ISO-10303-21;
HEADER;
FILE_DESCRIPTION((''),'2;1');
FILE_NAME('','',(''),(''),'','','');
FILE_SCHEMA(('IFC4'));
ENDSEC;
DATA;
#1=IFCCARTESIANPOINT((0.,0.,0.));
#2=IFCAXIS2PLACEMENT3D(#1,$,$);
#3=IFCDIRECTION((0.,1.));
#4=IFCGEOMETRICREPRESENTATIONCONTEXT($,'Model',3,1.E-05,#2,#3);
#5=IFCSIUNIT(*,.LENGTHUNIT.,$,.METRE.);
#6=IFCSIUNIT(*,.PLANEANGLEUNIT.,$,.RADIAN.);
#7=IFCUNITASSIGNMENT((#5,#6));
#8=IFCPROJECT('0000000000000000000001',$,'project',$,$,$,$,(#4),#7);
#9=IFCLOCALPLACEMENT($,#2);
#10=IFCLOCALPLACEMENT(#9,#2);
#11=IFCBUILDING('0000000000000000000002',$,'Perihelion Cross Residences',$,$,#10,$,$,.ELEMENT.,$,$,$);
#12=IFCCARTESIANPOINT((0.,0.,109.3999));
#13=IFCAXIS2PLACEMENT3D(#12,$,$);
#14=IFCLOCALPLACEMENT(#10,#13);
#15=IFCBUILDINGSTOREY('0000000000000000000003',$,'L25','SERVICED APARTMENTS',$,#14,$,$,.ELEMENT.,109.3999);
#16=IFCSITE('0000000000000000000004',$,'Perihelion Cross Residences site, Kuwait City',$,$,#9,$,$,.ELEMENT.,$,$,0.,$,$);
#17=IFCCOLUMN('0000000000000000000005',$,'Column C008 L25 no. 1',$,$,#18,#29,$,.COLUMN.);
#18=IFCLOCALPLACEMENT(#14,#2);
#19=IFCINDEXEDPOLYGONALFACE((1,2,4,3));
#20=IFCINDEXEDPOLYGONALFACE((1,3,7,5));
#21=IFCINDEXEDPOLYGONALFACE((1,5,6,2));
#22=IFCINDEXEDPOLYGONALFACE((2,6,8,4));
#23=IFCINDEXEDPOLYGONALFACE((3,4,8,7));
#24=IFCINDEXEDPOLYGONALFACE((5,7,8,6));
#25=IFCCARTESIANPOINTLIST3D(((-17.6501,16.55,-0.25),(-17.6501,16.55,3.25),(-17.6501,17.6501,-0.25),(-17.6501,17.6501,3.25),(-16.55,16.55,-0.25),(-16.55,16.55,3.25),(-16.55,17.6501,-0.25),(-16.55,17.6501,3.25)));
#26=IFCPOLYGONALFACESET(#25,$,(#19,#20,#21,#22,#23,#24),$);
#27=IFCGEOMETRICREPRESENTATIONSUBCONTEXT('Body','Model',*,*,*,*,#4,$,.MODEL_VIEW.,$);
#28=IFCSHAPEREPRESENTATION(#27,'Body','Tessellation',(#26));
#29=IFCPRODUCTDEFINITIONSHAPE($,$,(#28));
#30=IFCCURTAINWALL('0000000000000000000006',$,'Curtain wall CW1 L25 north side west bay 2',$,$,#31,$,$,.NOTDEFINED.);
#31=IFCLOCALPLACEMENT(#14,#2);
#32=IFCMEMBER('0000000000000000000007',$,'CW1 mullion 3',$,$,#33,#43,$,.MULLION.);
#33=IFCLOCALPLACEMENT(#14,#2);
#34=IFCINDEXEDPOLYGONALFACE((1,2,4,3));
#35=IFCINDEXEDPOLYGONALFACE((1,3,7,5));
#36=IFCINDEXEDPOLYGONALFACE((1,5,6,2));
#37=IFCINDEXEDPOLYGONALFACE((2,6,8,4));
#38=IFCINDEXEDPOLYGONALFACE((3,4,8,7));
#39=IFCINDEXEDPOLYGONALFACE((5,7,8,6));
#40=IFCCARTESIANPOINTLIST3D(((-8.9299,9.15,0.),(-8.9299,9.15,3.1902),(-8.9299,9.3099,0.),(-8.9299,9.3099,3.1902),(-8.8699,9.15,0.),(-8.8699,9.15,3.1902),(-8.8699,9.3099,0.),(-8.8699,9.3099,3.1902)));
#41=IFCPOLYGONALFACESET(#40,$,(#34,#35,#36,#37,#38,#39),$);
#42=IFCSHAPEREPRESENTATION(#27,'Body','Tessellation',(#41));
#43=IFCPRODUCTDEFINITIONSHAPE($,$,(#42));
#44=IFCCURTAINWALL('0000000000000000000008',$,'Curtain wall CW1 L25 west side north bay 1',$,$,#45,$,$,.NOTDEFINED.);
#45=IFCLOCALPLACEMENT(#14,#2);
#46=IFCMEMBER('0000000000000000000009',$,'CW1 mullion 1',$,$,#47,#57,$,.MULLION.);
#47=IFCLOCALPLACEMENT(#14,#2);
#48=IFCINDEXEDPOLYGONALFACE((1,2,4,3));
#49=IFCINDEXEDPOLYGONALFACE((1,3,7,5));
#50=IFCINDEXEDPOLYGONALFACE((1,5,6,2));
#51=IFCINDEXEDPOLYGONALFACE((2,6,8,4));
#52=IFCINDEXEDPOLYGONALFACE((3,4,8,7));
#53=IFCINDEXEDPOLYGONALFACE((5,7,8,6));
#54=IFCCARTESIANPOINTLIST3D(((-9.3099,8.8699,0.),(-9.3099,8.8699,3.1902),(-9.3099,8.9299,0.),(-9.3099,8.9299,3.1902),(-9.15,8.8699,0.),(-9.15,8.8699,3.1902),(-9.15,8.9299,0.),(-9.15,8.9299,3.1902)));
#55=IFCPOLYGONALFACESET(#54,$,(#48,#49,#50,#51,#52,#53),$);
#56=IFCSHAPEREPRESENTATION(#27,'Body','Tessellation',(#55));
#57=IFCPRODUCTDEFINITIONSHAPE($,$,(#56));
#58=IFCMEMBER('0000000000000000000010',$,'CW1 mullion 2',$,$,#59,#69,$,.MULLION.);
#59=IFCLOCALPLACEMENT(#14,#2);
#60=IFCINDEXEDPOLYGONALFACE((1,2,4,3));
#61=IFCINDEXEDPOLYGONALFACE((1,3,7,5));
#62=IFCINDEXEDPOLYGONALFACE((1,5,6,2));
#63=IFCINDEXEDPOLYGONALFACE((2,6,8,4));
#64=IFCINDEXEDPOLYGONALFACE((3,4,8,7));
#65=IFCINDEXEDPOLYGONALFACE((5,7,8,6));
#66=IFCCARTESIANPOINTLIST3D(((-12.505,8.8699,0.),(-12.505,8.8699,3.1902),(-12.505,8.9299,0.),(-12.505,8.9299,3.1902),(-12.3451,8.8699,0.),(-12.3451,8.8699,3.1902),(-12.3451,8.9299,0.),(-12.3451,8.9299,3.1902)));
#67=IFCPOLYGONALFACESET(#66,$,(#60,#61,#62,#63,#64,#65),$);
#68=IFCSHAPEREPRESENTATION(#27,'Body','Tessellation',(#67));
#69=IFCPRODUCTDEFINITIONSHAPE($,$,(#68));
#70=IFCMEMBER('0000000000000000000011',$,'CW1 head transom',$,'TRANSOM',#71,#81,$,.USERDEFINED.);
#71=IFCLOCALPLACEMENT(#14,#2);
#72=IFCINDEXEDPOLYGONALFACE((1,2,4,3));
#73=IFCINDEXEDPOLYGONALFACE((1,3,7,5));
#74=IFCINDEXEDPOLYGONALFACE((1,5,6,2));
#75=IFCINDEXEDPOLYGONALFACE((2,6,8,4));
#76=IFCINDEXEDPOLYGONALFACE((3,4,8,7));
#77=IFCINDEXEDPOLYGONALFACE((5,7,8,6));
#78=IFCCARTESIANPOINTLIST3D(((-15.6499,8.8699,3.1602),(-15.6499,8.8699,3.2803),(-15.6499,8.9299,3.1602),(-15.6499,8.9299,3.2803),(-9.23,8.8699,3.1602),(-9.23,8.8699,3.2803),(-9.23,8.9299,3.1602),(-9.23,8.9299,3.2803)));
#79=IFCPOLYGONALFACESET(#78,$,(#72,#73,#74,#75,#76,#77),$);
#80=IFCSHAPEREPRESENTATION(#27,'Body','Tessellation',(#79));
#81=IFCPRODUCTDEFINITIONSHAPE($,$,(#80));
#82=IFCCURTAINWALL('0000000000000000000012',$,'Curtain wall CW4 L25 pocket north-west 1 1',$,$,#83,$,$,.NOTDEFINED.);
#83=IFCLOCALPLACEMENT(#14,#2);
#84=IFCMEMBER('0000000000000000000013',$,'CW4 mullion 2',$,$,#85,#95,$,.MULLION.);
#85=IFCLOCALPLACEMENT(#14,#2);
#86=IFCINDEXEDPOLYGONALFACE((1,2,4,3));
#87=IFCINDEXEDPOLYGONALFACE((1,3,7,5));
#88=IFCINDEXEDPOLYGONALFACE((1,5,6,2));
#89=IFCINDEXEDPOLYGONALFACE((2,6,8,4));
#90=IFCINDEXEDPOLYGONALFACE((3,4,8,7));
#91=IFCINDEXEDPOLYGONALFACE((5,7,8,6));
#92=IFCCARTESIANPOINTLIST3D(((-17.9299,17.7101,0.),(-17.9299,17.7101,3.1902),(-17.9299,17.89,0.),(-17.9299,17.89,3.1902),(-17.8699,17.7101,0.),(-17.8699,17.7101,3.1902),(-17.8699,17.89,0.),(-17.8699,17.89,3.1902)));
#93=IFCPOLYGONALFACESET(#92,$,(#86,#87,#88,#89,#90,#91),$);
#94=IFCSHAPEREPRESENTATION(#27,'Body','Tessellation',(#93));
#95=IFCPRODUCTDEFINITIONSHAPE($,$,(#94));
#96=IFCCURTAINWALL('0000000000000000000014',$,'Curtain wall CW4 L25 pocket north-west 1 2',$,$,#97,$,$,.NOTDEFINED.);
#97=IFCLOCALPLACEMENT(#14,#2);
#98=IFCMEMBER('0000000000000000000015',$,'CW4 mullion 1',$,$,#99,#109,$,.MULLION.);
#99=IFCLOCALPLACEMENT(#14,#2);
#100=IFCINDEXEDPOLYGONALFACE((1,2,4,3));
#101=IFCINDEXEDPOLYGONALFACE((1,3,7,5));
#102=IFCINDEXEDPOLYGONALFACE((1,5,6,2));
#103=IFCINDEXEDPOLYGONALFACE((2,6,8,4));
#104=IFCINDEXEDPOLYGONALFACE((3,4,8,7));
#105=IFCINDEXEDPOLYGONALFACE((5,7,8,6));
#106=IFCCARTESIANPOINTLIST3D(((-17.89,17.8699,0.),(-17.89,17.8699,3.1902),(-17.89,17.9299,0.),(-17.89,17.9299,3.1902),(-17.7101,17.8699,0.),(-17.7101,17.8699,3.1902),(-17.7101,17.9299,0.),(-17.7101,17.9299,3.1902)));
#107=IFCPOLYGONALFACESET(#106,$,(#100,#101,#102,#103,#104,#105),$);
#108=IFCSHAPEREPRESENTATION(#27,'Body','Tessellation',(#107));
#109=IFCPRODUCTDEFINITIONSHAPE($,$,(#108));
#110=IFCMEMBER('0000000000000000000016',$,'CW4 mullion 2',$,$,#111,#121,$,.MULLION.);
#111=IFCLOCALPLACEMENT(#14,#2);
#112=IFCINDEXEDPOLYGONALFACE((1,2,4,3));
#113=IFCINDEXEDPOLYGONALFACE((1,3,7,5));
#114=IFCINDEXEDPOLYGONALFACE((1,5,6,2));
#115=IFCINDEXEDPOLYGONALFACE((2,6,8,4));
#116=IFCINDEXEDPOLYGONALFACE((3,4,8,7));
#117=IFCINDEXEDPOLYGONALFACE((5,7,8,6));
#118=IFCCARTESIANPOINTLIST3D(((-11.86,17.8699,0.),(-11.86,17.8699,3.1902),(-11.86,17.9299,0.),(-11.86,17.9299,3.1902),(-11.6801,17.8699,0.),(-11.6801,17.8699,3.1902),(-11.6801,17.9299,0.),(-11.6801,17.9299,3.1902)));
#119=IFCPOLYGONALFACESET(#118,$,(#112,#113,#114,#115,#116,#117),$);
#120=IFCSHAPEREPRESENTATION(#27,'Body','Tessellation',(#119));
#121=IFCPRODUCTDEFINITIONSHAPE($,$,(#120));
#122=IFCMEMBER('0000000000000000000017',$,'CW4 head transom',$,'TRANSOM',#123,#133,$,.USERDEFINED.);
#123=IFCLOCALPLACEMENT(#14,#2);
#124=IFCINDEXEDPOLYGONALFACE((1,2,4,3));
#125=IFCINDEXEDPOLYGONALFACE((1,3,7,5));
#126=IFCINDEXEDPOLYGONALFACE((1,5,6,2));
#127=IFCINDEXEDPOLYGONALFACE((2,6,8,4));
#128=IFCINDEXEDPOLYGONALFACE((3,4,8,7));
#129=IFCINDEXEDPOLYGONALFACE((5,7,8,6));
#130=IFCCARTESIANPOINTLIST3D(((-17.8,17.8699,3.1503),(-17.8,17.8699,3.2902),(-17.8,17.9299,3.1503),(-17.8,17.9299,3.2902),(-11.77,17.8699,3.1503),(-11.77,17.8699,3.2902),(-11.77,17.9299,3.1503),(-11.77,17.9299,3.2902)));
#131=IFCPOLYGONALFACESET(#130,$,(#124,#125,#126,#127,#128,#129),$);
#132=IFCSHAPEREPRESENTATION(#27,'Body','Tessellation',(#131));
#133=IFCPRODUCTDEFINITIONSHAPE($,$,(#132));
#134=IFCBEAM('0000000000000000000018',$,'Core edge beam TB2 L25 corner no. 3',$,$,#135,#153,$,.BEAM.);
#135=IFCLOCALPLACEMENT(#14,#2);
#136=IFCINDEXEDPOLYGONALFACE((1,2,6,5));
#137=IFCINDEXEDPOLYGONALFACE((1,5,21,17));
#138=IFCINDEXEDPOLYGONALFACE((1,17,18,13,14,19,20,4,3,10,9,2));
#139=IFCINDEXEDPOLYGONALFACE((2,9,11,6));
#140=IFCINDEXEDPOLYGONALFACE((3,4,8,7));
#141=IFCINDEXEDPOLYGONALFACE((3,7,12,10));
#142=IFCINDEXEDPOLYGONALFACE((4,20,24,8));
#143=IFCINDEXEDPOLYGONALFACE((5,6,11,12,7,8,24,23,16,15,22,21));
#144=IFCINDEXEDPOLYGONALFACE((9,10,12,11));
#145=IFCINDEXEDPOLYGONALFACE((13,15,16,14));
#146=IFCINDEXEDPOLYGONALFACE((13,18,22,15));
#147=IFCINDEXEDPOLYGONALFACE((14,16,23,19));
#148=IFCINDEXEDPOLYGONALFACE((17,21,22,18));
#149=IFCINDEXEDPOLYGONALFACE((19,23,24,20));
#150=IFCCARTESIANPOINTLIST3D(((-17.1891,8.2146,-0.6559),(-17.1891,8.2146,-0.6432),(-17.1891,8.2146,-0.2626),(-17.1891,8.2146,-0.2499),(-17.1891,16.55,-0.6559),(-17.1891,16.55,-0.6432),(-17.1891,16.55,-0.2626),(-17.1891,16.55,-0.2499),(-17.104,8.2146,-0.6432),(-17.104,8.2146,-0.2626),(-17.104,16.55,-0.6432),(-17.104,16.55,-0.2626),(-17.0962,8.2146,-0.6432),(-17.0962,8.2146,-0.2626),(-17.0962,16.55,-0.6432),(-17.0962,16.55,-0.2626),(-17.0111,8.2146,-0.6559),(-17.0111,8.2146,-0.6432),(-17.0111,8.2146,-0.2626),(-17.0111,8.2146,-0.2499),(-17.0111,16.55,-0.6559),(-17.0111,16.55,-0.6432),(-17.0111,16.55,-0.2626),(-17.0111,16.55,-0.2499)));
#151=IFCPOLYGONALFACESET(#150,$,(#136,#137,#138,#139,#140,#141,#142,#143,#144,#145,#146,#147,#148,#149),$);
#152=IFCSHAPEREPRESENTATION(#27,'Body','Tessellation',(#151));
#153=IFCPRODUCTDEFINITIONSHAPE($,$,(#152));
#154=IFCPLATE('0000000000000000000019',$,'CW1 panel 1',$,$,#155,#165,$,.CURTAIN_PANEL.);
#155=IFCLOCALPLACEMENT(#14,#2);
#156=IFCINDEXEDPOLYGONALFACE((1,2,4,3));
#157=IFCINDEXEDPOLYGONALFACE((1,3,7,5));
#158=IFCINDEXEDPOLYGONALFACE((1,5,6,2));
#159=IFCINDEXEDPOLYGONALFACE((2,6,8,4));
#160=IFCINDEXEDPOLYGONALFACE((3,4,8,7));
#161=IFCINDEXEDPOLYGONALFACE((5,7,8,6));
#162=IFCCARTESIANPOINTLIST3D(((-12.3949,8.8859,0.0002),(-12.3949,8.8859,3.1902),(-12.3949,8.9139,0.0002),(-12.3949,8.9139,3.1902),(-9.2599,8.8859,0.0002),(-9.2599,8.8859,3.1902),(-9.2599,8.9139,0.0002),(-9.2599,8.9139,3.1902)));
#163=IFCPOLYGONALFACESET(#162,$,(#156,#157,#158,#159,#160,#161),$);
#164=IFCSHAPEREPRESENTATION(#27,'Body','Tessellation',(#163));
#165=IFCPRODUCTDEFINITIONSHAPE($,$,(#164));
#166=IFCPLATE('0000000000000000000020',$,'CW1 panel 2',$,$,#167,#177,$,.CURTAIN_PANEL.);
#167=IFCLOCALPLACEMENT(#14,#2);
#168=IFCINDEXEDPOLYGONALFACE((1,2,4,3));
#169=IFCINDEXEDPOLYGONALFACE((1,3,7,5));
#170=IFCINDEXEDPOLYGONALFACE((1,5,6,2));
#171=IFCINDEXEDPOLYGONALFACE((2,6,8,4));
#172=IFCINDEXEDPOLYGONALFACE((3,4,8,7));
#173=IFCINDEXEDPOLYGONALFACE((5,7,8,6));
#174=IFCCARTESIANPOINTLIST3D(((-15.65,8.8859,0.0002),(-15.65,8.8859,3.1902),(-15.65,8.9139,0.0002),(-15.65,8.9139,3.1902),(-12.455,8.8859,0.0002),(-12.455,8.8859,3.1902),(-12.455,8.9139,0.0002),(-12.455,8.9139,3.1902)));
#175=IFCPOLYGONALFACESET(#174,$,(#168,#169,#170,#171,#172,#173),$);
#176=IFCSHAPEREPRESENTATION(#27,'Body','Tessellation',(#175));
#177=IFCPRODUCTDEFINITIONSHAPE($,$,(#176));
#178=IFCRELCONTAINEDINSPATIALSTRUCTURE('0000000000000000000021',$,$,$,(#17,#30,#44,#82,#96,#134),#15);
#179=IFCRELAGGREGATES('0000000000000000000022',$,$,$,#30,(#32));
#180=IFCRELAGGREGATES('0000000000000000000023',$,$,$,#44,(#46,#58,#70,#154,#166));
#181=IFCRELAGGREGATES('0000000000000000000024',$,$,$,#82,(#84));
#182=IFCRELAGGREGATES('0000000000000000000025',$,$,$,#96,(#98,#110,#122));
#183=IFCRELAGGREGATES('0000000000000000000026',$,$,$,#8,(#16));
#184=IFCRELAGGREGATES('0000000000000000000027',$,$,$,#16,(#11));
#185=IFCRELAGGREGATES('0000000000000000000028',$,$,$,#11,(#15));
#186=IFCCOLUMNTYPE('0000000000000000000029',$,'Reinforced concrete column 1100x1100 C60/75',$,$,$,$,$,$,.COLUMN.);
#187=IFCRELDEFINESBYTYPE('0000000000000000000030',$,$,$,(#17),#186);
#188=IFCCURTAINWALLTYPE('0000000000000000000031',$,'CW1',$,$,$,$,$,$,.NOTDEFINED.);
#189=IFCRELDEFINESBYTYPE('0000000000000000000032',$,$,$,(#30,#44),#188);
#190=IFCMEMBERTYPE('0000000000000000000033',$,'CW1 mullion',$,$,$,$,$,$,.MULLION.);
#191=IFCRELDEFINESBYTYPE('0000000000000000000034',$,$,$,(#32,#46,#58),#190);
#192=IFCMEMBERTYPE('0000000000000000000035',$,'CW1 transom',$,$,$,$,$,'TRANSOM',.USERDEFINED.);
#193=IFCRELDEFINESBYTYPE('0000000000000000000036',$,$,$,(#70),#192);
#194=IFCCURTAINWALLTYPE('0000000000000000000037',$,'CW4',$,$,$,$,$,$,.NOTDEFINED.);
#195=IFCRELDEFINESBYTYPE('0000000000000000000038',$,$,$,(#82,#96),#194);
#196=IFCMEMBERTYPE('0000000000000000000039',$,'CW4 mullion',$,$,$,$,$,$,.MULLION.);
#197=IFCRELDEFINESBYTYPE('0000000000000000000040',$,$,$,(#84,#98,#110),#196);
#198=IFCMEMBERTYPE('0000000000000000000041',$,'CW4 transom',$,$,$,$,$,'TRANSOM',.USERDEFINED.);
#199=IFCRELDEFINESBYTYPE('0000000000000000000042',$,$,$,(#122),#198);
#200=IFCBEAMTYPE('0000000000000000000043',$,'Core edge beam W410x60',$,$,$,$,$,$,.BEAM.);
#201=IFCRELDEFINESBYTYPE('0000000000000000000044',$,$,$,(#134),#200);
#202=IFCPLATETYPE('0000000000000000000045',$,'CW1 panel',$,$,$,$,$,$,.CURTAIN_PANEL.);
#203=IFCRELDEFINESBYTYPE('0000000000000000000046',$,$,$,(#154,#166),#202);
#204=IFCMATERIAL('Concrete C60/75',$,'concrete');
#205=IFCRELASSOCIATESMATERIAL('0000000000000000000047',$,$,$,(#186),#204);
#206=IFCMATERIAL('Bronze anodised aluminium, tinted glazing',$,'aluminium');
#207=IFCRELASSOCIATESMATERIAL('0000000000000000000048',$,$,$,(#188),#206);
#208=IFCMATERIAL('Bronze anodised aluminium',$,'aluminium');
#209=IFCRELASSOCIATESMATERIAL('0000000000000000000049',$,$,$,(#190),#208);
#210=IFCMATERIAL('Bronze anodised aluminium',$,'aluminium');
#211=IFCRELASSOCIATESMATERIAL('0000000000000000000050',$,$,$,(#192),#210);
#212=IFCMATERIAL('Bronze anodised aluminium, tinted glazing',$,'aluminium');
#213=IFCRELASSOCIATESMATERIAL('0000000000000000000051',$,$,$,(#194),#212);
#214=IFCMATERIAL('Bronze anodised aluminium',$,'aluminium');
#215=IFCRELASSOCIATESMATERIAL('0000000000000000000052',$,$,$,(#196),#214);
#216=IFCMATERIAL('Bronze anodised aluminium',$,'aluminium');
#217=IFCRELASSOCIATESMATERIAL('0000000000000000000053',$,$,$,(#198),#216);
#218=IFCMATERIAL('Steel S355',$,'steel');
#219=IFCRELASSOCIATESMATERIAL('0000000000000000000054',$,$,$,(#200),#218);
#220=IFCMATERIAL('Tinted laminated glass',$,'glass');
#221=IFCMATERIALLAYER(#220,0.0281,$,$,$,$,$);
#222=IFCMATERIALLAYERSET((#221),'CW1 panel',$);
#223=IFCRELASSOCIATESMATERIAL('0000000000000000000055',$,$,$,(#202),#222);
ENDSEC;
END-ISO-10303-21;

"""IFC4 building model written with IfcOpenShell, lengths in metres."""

from ifc_helpers import new_model, si_unit, direction, frame, origin, origin_2d, place, context, subcontext, project, spatial, rectangle, i_section, extrude, material, layer, layer_set, material_profile, profile_set, type_object, element, aggregate, save


model = new_model("IFC4")

# Units and contexts
model_context = context("Model", 3, precision=1e-05, world=origin(), true_north=direction((0.0, 1.0)))
body_context = subcontext(model_context, "Body", "Model", "MODEL_VIEW")
ifc_project = project(units=[si_unit("LENGTHUNIT", "METRE"), si_unit("PLANEANGLEUNIT", "RADIAN")], contexts=[model_context])

# Site, building, storey
site_placement = place(None, origin())
site = spatial("IfcSite", under=ifc_project, at=site_placement, Name="Perihelion Cross Residences site, Kuwait City", CompositionType="ELEMENT", RefElevation=0.0)
building_placement = place(site_placement, origin())
building = spatial("IfcBuilding", under=site, at=building_placement, Name="Perihelion Cross Residences", CompositionType="ELEMENT")
storey_placement = place(building_placement, frame((0.0, 0.0, 109.3999)))
storey = spatial("IfcBuildingStorey", under=building, at=storey_placement, Name="L25", Description="SERVICED APARTMENTS", CompositionType="ELEMENT", Elevation=109.3999)

# Column
ifc_material_1 = material(Name="Concrete C60/75", Category="concrete")
ifc_material_profile_1 = material_profile(ifc_material_1, rectangle(XDim=1.1001, YDim=1.1001, at=origin_2d()), Name="RC 1100x1100")
ifc_profile_set_1 = profile_set([ifc_material_profile_1], Name="Concrete C60/75")
column_type = type_object("IfcColumnType", Name="Reinforced concrete column 1100x1100 C60/75", PredefinedType="COLUMN", material=ifc_profile_set_1)
column_placement = place(storey_placement, frame((-17.1001, 17.1001, -0.25), z_axis=(0.0, 0.0, 1.0), x_axis=(1.0, 0.0, 0.0)))
element("IfcColumn", 1, at=column_placement, inside=storey, type_object=column_type, Name="Column C008 L25 no. 1", PredefinedType="COLUMN", context=body_context, shape_type="SweptSolid", body=[
    extrude(rectangle(XDim=1.1001, YDim=1.1001, at=origin_2d()), origin(), (0.0, 0.0, 1.0), 3.5),
])

# Curtain wall, member
ifc_material_2 = material(Name="Bronze anodised aluminium, tinted glazing", Category="aluminium")
curtain_wall_type_1 = type_object("IfcCurtainWallType", Name="CW1", PredefinedType="NOTDEFINED", material=ifc_material_2)
curtain_wall_1_placement = place(storey_placement, origin())
curtain_wall_1 = element("IfcCurtainWall", 2, at=curtain_wall_1_placement, inside=storey, type_object=curtain_wall_type_1, Name="Curtain wall CW1 L25 north side west bay 2", PredefinedType="NOTDEFINED")
ifc_material_3 = material(Name="Bronze anodised aluminium", Category="aluminium")
ifc_material_profile_2 = material_profile(ifc_material_3, rectangle(XDim=0.0601, YDim=0.1599, at=origin_2d()), Name="CW1 mullion")
ifc_profile_set_2 = profile_set([ifc_material_profile_2], Name="Bronze anodised aluminium")
member_type_1 = type_object("IfcMemberType", Name="CW1 mullion", PredefinedType="MULLION", material=ifc_profile_set_2)
member_1_placement = place(storey_placement, frame((-8.8999, 9.23, 0.0), z_axis=(0.0, 0.0, 1.0), x_axis=(1.0, 0.0, 0.0)))
member_1 = element("IfcMember", 3, at=member_1_placement, type_object=member_type_1, Name="CW1 mullion 3", PredefinedType="MULLION", context=body_context, shape_type="SweptSolid", body=[
    extrude(rectangle(XDim=0.0601, YDim=0.1599, at=origin_2d()), origin(), (0.0, 0.0, 1.0), 3.1902),
])
aggregate(curtain_wall_1, [member_1])

# Curtain wall, members
curtain_wall_2_placement = place(storey_placement, origin())
curtain_wall_2 = element("IfcCurtainWall", 4, at=curtain_wall_2_placement, inside=storey, type_object=curtain_wall_type_1, Name="Curtain wall CW1 L25 west side north bay 1", PredefinedType="NOTDEFINED")
member_2_placement = place(storey_placement, frame((-9.23, 8.8999, 0.0), z_axis=(0.0, 0.0, 1.0), x_axis=(0.0, -1.0, 0.0)))
member_2 = element("IfcMember", 5, at=member_2_placement, type_object=member_type_1, Name="CW1 mullion 1", PredefinedType="MULLION", context=body_context, shape_type="SweptSolid", body=[
    extrude(rectangle(XDim=0.0601, YDim=0.1599, at=origin_2d()), origin(), (0.0, 0.0, 1.0), 3.1902),
])
member_3_placement = place(storey_placement, frame((-12.425, 8.8999, 0.0), z_axis=(0.0, 0.0, 1.0), x_axis=(0.0, -1.0, 0.0)))
member_3 = element("IfcMember", 6, at=member_3_placement, type_object=member_type_1, Name="CW1 mullion 2", PredefinedType="MULLION", context=body_context, shape_type="SweptSolid", body=[
    extrude(rectangle(XDim=0.0601, YDim=0.1599, at=origin_2d()), origin(), (0.0, 0.0, 1.0), 3.1902),
])
ifc_material_4 = material(Name="Bronze anodised aluminium", Category="aluminium")
ifc_material_profile_3 = material_profile(ifc_material_4, rectangle(XDim=0.0601, YDim=0.1201, at=origin_2d()), Name="CW1 transom")
ifc_profile_set_3 = profile_set([ifc_material_profile_3], Name="Bronze anodised aluminium")
member_type_2 = type_object("IfcMemberType", Name="CW1 transom", ElementType="TRANSOM", PredefinedType="USERDEFINED", material=ifc_profile_set_3)
member_4_placement = place(storey_placement, frame((-9.23, 8.8999, 3.2202), z_axis=(-1.0, 0.0, 0.0), x_axis=(0.0, -1.0, 0.0)))
member_4 = element("IfcMember", 7, at=member_4_placement, type_object=member_type_2, Name="CW1 head transom", ObjectType="TRANSOM", PredefinedType="USERDEFINED", context=body_context, shape_type="SweptSolid", body=[
    extrude(rectangle(XDim=0.0601, YDim=0.1201, at=origin_2d()), origin(), (0.0, 0.0, 1.0), 6.4199),
])

# Curtain wall, member
ifc_material_5 = material(Name="Bronze anodised aluminium, tinted glazing", Category="aluminium")
curtain_wall_type_2 = type_object("IfcCurtainWallType", Name="CW4", PredefinedType="NOTDEFINED", material=ifc_material_5)
curtain_wall_3_placement = place(storey_placement, origin())
curtain_wall_3 = element("IfcCurtainWall", 8, at=curtain_wall_3_placement, inside=storey, type_object=curtain_wall_type_2, Name="Curtain wall CW4 L25 pocket north-west 1 1", PredefinedType="NOTDEFINED")
ifc_material_6 = material(Name="Bronze anodised aluminium", Category="aluminium")
ifc_material_profile_4 = material_profile(ifc_material_6, rectangle(XDim=0.0601, YDim=0.1799, at=origin_2d()), Name="CW4 mullion")
ifc_profile_set_4 = profile_set([ifc_material_profile_4], Name="Bronze anodised aluminium")
member_type_3 = type_object("IfcMemberType", Name="CW4 mullion", PredefinedType="MULLION", material=ifc_profile_set_4)
member_5_placement = place(storey_placement, frame((-17.8999, 17.8, 0.0), z_axis=(0.0, 0.0, 1.0), x_axis=(-1.0, 0.0, 0.0)))
member_5 = element("IfcMember", 9, at=member_5_placement, type_object=member_type_3, Name="CW4 mullion 2", PredefinedType="MULLION", context=body_context, shape_type="SweptSolid", body=[
    extrude(rectangle(XDim=0.0601, YDim=0.1799, at=origin_2d()), origin(), (0.0, 0.0, 1.0), 3.1902),
])

# Curtain wall, members
curtain_wall_4_placement = place(storey_placement, origin())
curtain_wall_4 = element("IfcCurtainWall", 10, at=curtain_wall_4_placement, inside=storey, type_object=curtain_wall_type_2, Name="Curtain wall CW4 L25 pocket north-west 1 2", PredefinedType="NOTDEFINED")
member_6_placement = place(storey_placement, frame((-17.8, 17.8999, 0.0), z_axis=(0.0, 0.0, 1.0), x_axis=(0.0, 1.0, 0.0)))
member_6 = element("IfcMember", 11, at=member_6_placement, type_object=member_type_3, Name="CW4 mullion 1", PredefinedType="MULLION", context=body_context, shape_type="SweptSolid", body=[
    extrude(rectangle(XDim=0.0601, YDim=0.1799, at=origin_2d()), origin(), (0.0, 0.0, 1.0), 3.1902),
])
member_7_placement = place(storey_placement, frame((-11.77, 17.8999, 0.0), z_axis=(0.0, 0.0, 1.0), x_axis=(0.0, 1.0, 0.0)))
member_7 = element("IfcMember", 12, at=member_7_placement, type_object=member_type_3, Name="CW4 mullion 2", PredefinedType="MULLION", context=body_context, shape_type="SweptSolid", body=[
    extrude(rectangle(XDim=0.0601, YDim=0.1799, at=origin_2d()), origin(), (0.0, 0.0, 1.0), 3.1902),
])
ifc_material_7 = material(Name="Bronze anodised aluminium", Category="aluminium")
ifc_material_profile_5 = material_profile(ifc_material_7, rectangle(XDim=0.0601, YDim=0.1399, at=origin_2d()), Name="CW4 transom")
ifc_profile_set_5 = profile_set([ifc_material_profile_5], Name="Bronze anodised aluminium")
member_type_4 = type_object("IfcMemberType", Name="CW4 transom", ElementType="TRANSOM", PredefinedType="USERDEFINED", material=ifc_profile_set_5)
member_8_placement = place(storey_placement, frame((-17.8, 17.8999, 3.2202), z_axis=(1.0, 0.0, 0.0), x_axis=(0.0, 1.0, 0.0)))
member_8 = element("IfcMember", 13, at=member_8_placement, type_object=member_type_4, Name="CW4 head transom", ObjectType="TRANSOM", PredefinedType="USERDEFINED", context=body_context, shape_type="SweptSolid", body=[
    extrude(rectangle(XDim=0.0601, YDim=0.1399, at=origin_2d()), origin(), (0.0, 0.0, 1.0), 6.03),
])

# Beam
ifc_material_8 = material(Name="Steel S355", Category="steel")
ifc_material_profile_6 = material_profile(ifc_material_8, i_section(OverallWidth=0.178, OverallDepth=0.406, WebThickness=0.0078, FlangeThickness=0.0127, at=origin_2d()), Name="W410x60")
ifc_profile_set_6 = profile_set([ifc_material_profile_6], Name="Steel S355")
beam_type = type_object("IfcBeamType", Name="Core edge beam W410x60", PredefinedType="BEAM", material=ifc_profile_set_6)
beam_placement = place(storey_placement, frame((-17.1001, 8.2146, -0.4529), z_axis=(0.0, 1.0, 0.0), x_axis=(-1.0, 0.0, 0.0)))
element("IfcBeam", 14, at=beam_placement, inside=storey, type_object=beam_type, Name="Core edge beam TB2 L25 corner no. 3", PredefinedType="BEAM", context=body_context, shape_type="SweptSolid", body=[
    extrude(i_section(OverallWidth=0.178, OverallDepth=0.406, WebThickness=0.0078, FlangeThickness=0.0127, at=origin_2d()), origin(), (0.0, 0.0, 1.0), 8.3354),
])

# Plates
ifc_material_9 = material(Name="Tinted laminated glass", Category="glass")
ifc_layer_1 = layer(ifc_material_9, 0.0281)
ifc_layer_set_1 = layer_set([ifc_layer_1], Name="CW1 panel")
plate_type_1 = type_object("IfcPlateType", Name="CW1 panel", PredefinedType="CURTAIN_PANEL", material=ifc_layer_set_1)
plate_1_placement = place(storey_placement, frame((-10.8274, 8.8999, 0.0002), z_axis=(0.0, 0.0, 1.0), x_axis=(-1.0, 0.0, 0.0)))
plate_1 = element("IfcPlate", 15, at=plate_1_placement, type_object=plate_type_1, Name="CW1 panel 1", PredefinedType="CURTAIN_PANEL", context=body_context, shape_type="SweptSolid", body=[
    extrude(rectangle(XDim=3.135, YDim=0.0281, at=origin_2d()), origin(), (0.0, 0.0, 1.0), 3.1899),
])
plate_2_placement = place(storey_placement, frame((-14.0525, 8.8999, 0.0002), z_axis=(0.0, 0.0, 1.0), x_axis=(-1.0, 0.0, 0.0)))
plate_2 = element("IfcPlate", 16, at=plate_2_placement, type_object=plate_type_1, Name="CW1 panel 2", PredefinedType="CURTAIN_PANEL", context=body_context, shape_type="SweptSolid", body=[
    extrude(rectangle(XDim=3.1951, YDim=0.0281, at=origin_2d()), origin(), (0.0, 0.0, 1.0), 3.1899),
])
aggregate(curtain_wall_2, [member_2, member_3, member_4, plate_1, plate_2])
aggregate(curtain_wall_3, [member_5])
aggregate(curtain_wall_4, [member_6, member_7, member_8])

save(model, "model.ifc")
